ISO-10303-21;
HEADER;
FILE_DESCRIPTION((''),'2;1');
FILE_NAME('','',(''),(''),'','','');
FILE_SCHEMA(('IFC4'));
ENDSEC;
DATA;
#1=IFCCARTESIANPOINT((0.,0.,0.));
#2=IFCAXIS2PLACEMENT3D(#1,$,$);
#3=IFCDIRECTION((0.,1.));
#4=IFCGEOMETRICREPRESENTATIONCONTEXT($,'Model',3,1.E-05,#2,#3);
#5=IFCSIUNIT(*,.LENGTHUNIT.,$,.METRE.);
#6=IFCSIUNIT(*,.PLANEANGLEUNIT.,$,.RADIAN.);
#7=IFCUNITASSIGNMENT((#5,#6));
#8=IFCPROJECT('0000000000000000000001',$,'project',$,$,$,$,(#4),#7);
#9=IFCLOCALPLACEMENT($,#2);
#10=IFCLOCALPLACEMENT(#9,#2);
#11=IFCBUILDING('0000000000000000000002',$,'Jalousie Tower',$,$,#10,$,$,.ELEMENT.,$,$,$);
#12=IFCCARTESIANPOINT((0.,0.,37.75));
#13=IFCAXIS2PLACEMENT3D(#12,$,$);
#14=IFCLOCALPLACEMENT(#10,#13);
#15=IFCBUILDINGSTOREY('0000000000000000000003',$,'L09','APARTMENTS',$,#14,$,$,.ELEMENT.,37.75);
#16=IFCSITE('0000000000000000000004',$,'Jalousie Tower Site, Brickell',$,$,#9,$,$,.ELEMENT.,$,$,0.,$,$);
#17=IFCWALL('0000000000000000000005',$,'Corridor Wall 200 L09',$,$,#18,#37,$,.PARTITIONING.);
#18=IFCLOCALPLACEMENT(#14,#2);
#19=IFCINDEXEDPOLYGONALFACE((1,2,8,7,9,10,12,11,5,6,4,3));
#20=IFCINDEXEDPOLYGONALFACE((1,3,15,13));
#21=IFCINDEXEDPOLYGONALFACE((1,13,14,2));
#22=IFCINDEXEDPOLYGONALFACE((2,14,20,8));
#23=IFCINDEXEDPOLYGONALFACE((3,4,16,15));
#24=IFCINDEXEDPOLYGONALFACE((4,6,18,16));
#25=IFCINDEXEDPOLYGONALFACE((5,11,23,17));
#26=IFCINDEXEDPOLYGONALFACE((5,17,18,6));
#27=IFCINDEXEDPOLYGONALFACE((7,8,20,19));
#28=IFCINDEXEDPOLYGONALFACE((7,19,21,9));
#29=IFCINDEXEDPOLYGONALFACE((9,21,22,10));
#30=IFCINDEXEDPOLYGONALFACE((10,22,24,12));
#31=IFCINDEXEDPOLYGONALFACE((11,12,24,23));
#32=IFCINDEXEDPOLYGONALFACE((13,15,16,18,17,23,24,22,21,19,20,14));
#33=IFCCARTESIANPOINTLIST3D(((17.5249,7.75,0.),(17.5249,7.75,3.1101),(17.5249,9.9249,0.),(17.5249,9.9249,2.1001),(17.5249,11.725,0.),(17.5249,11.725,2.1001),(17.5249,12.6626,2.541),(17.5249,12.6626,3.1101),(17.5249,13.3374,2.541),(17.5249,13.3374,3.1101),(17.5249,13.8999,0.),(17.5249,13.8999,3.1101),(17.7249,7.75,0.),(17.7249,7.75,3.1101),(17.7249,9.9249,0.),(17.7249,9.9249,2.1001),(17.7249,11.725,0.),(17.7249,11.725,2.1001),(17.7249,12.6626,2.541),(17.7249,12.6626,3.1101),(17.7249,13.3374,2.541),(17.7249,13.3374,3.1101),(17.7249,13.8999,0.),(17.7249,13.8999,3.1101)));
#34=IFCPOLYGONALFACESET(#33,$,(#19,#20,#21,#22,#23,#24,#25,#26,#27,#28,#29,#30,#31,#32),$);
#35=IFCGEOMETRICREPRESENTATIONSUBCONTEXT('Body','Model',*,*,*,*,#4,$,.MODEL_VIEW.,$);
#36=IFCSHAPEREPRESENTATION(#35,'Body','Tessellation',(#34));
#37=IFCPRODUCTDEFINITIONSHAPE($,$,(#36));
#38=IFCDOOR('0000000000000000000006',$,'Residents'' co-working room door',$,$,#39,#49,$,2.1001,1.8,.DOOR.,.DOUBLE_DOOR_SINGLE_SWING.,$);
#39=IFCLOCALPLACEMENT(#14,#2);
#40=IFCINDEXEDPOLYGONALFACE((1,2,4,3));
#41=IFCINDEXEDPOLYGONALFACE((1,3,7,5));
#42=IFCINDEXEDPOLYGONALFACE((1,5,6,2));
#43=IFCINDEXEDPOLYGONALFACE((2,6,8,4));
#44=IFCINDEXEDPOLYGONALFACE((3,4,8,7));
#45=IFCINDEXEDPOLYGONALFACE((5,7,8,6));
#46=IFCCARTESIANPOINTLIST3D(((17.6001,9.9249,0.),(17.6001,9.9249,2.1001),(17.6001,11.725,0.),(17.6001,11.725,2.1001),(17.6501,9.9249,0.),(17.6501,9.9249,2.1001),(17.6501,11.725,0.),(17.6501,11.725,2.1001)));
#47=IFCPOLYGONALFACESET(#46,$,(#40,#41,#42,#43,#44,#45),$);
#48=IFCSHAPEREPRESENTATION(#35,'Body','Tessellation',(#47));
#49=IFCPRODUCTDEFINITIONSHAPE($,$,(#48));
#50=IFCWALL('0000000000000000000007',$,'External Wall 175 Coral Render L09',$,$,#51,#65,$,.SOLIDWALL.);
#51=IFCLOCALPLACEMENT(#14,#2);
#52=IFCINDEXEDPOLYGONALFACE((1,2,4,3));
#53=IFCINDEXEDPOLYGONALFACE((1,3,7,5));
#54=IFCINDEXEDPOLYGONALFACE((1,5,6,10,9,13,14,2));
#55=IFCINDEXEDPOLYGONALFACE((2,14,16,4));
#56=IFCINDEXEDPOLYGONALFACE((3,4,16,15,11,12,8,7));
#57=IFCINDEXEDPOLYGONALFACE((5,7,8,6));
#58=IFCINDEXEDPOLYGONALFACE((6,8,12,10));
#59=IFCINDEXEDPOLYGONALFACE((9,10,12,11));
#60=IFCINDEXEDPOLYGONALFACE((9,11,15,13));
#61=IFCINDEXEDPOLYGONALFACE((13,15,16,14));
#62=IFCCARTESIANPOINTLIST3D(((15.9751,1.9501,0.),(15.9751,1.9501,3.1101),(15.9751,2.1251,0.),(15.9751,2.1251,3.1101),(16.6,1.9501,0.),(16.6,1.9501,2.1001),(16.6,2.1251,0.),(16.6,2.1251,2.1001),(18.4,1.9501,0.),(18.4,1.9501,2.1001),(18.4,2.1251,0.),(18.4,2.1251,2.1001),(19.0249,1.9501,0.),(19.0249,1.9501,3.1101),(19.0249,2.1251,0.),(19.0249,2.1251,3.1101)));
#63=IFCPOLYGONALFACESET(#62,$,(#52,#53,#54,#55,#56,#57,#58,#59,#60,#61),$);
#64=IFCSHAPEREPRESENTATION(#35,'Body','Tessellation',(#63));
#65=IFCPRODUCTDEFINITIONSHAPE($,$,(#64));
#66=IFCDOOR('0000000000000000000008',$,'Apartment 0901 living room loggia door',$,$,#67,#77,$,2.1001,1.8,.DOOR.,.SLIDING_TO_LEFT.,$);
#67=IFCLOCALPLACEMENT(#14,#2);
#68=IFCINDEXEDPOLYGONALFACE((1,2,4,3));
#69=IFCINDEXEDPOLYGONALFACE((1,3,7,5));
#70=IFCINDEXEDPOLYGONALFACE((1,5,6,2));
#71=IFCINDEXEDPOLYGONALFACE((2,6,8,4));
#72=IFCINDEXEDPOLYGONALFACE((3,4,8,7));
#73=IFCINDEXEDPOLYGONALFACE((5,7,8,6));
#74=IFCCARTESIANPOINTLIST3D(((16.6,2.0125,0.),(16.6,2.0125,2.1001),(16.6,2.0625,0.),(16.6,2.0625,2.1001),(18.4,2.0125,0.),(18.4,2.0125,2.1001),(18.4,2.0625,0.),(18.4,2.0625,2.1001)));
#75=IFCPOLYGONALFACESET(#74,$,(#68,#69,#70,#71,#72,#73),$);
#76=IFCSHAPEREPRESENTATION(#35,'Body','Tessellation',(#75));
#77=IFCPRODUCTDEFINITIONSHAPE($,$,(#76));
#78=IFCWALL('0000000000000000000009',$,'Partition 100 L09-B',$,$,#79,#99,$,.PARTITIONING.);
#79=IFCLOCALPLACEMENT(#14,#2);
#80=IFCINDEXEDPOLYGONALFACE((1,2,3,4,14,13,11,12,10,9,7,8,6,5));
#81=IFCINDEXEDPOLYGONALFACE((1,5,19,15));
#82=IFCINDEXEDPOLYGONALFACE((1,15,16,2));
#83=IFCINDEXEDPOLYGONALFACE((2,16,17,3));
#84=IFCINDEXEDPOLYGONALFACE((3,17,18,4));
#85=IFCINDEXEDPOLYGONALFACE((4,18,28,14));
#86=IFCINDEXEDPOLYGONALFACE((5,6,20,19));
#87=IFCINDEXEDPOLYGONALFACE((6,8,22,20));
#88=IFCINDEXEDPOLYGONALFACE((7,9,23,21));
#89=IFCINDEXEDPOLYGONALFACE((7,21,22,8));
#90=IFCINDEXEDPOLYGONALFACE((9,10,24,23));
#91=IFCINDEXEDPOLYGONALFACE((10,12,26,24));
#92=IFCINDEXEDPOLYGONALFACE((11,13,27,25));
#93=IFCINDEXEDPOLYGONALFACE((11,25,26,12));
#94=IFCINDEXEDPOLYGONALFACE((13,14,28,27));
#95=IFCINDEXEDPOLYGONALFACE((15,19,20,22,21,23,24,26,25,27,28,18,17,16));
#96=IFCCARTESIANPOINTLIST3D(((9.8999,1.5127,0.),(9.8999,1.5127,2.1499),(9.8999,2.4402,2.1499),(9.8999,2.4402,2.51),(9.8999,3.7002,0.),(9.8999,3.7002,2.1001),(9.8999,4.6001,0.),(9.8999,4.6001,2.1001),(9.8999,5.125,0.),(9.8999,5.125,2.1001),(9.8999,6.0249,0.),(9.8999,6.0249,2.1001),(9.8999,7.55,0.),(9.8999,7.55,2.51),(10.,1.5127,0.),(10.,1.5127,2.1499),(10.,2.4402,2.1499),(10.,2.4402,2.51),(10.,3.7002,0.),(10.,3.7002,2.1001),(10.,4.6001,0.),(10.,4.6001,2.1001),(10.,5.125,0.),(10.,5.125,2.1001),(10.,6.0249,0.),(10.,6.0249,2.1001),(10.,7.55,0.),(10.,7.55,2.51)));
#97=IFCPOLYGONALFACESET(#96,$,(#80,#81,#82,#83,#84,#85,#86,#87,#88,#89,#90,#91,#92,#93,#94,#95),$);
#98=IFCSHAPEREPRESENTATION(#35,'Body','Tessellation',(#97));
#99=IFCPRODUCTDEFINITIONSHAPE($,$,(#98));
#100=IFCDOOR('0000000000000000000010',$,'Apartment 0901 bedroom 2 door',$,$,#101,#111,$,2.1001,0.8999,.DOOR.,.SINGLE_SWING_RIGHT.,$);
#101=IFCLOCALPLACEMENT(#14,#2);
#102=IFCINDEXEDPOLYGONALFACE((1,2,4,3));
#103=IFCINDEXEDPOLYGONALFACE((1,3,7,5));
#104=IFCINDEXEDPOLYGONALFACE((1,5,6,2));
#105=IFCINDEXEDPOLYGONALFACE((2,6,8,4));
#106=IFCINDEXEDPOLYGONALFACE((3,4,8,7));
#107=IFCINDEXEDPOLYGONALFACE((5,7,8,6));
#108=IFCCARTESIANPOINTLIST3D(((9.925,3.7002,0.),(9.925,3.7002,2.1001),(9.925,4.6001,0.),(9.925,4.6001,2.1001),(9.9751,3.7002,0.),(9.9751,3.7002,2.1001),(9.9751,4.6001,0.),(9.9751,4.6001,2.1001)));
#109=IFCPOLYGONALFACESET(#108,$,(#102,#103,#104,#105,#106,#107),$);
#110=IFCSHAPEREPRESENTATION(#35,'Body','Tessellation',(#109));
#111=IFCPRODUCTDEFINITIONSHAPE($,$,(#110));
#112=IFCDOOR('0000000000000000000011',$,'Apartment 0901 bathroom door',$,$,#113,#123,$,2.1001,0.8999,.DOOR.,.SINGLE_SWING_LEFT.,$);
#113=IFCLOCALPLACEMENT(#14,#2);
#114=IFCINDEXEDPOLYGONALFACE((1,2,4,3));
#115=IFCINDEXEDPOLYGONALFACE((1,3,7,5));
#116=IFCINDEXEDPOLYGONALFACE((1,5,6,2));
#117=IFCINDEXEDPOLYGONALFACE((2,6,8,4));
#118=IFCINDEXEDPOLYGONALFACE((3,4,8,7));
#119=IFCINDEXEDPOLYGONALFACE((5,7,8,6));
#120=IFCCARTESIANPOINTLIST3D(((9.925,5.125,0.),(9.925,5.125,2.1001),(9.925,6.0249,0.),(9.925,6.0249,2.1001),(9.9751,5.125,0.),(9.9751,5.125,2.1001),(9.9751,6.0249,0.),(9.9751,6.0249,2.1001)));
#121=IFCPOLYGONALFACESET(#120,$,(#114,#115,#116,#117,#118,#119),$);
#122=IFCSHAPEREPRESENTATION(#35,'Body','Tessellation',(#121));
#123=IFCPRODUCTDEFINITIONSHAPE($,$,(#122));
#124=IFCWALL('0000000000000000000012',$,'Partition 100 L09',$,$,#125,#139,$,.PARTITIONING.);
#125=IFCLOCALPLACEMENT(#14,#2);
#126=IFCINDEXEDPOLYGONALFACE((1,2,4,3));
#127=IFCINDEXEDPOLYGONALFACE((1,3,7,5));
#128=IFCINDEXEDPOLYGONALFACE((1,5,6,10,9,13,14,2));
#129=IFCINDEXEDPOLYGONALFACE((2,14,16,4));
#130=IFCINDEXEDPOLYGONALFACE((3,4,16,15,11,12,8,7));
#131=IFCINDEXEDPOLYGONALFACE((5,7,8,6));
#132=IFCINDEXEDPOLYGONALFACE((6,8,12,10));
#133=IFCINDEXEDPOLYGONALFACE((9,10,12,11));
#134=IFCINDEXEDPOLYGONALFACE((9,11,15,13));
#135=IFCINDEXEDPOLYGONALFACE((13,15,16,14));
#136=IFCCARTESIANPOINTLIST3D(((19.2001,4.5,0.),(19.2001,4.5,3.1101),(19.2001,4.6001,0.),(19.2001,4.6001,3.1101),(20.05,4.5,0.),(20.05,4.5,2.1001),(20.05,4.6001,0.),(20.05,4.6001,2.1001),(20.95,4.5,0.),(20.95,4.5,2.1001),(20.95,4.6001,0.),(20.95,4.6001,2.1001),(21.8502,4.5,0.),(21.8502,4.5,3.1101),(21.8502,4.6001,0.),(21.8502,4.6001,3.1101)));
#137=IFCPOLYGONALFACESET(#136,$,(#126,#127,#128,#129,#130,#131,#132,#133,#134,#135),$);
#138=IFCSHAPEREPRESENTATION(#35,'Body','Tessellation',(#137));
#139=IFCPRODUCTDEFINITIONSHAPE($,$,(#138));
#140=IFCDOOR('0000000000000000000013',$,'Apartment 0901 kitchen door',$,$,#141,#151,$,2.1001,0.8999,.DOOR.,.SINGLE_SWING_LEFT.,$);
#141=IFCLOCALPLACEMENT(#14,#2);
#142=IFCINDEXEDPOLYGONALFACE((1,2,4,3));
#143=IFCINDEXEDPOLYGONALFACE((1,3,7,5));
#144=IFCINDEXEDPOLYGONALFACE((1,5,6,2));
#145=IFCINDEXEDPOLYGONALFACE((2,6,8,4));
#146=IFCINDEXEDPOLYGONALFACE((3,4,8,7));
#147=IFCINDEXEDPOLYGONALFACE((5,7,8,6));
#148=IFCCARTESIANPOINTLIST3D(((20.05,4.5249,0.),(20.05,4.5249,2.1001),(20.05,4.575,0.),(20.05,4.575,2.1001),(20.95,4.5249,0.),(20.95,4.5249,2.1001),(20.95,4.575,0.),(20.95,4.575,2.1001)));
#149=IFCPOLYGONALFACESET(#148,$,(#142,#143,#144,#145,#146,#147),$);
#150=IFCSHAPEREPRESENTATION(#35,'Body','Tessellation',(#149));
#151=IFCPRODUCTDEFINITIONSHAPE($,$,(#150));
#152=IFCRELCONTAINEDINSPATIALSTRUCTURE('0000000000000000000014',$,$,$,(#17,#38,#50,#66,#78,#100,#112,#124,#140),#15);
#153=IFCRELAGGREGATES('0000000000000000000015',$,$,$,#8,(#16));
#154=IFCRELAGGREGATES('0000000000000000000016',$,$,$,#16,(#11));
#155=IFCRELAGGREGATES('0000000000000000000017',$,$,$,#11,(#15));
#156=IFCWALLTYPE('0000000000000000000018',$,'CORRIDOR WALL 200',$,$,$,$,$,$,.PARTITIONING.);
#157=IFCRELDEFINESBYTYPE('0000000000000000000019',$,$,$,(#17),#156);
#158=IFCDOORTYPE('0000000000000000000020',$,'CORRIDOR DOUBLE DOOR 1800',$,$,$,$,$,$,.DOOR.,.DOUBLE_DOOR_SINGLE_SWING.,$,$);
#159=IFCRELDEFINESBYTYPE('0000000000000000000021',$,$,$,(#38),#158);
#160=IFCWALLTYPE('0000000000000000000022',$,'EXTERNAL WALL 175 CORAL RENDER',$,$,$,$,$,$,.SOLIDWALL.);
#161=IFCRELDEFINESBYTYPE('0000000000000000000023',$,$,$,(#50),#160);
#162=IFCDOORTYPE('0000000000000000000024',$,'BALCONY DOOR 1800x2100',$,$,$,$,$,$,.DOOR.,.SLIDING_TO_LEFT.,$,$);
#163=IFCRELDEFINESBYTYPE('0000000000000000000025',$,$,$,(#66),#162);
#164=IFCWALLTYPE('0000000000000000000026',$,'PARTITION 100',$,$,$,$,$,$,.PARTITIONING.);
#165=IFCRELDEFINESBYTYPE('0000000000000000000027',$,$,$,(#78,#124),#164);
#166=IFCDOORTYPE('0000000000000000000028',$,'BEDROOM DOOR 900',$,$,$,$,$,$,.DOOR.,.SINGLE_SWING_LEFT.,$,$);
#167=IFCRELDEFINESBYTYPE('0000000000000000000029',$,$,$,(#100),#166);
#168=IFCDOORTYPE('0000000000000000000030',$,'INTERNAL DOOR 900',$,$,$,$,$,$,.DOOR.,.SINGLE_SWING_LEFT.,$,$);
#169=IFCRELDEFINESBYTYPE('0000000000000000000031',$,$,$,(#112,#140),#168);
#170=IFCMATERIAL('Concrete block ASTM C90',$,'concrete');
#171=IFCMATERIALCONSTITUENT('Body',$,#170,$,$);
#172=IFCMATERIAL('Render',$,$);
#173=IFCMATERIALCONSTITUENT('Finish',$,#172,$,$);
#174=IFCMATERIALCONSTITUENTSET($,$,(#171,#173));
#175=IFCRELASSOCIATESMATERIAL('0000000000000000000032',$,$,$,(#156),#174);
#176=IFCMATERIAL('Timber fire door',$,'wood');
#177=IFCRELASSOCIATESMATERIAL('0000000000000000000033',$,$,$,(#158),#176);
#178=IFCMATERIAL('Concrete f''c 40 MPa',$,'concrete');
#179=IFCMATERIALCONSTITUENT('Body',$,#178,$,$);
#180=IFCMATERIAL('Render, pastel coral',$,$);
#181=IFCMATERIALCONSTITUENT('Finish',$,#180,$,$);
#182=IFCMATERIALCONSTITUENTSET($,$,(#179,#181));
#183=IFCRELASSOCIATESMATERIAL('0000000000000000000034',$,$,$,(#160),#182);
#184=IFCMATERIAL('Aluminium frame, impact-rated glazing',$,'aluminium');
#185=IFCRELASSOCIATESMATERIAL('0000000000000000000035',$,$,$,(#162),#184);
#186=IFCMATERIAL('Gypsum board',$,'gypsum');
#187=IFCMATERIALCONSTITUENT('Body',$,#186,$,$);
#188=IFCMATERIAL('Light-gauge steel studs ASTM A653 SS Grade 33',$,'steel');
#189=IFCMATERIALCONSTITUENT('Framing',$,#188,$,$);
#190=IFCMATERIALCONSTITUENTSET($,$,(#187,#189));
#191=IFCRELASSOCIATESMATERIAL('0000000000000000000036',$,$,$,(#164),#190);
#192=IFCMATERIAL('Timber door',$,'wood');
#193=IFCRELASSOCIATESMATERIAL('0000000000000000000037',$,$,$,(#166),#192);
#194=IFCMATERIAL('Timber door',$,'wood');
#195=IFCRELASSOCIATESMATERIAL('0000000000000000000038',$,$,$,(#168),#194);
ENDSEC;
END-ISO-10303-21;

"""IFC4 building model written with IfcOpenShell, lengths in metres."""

from ifc_helpers import new_model, si_unit, direction, frame, frame_2d, origin, place, context, subcontext, project, spatial, polyline, rectangle, outline, extrude, material, constituent, constituent_set, type_object, element, fill, save


model = new_model("IFC4")

# Units and contexts
model_context = context("Model", 3, precision=1e-05, world=origin(), true_north=direction((0.0, 1.0)))
body_context = subcontext(model_context, "Body", "Model", "MODEL_VIEW")
ifc_project = project(units=[si_unit("LENGTHUNIT", "METRE"), si_unit("PLANEANGLEUNIT", "RADIAN")], contexts=[model_context])

# Site, building, storey
site_placement = place(None, origin())
site = spatial("IfcSite", under=ifc_project, at=site_placement, Name="Jalousie Tower Site, Brickell", CompositionType="ELEMENT", RefElevation=0.0)
building_placement = place(site_placement, origin())
building = spatial("IfcBuilding", under=site, at=building_placement, Name="Jalousie Tower", CompositionType="ELEMENT")
storey_placement = place(building_placement, frame((0.0, 0.0, 37.75)))
storey = spatial("IfcBuildingStorey", under=building, at=storey_placement, Name="L09", Description="APARTMENTS", CompositionType="ELEMENT", Elevation=37.75)

# Shared definitions
ifc_material_1 = material(Name="Concrete block ASTM C90", Category="concrete")
ifc_constituent_1 = constituent(ifc_material_1, Name="Body")
ifc_material_2 = material(Name="Render")
ifc_constituent_2 = constituent(ifc_material_2, Name="Finish")
ifc_constituent_set_1 = constituent_set(constituents=[ifc_constituent_1, ifc_constituent_2])
wall_type_1 = type_object("IfcWallType", Name="CORRIDOR WALL 200", PredefinedType="PARTITIONING", material=ifc_constituent_set_1)

# Walls, openings, doors
wall_1_placement = place(storey_placement, frame((17.625, 7.75, 0.0), z_axis=(0.0, 0.0, 1.0), x_axis=(0.0, 1.0, 0.0)))
wall_1 = element("IfcWall", 1, at=wall_1_placement, inside=storey, type_object=wall_type_1, Name="Corridor Wall 200 L09", PredefinedType="PARTITIONING", context=body_context, shape_type="SweptSolid", body=[
    extrude(outline(polyline([(0.0, 0.0), (6.1499, 0.0), (6.1499, 3.1101), (5.5874, 3.1101), (5.5874, 2.541), (4.9126, 2.541), (4.9126, 3.1101), (0.0, 3.1101), (0.0, 0.0)])), frame((0.0, 0.1001, 0.0), z_axis=(0.0, -1.0, 0.0), x_axis=(1.0, 0.0, 0.0)), (0.0, 0.0, 1.0), 0.2),
])
opening_1_placement = place(wall_1_placement, frame((2.175, 0.0, 0.0)))
opening_1 = element("IfcOpeningElement", 2, at=opening_1_placement, cuts=wall_1, PredefinedType="OPENING", context=body_context, shape_type="SweptSolid", body=[
    extrude(rectangle(XDim=1.8, YDim=2.1001, at=frame_2d((0.8999, 1.05))), frame((0.0, 0.1099, 0.0), z_axis=(0.0, -1.0, 0.0), x_axis=(1.0, 0.0, 0.0)), (0.0, 0.0, 1.0), 0.22),
])
ifc_material_3 = material(Name="Timber fire door", Category="wood")
door_type_1 = type_object("IfcDoorType", Name="CORRIDOR DOUBLE DOOR 1800", OperationType="DOUBLE_DOOR_SINGLE_SWING", PredefinedType="DOOR", material=ifc_material_3)
door_1_placement = place(opening_1_placement, origin())
door_1 = element("IfcDoor", 3, at=door_1_placement, inside=storey, type_object=door_type_1, Name="Residents' co-working room door", OperationType="DOUBLE_DOOR_SINGLE_SWING", OverallHeight=2.1001, OverallWidth=1.8, PredefinedType="DOOR", context=body_context, shape_type="SweptSolid", body=[
    extrude(rectangle(XDim=1.8, YDim=2.1001, at=frame_2d((0.8999, 1.05))), frame((0.0, 0.0249, 0.0), z_axis=(0.0, -1.0, 0.0), x_axis=(1.0, 0.0, 0.0)), (0.0, 0.0, 1.0), 0.05),
])
fill(opening_1, door_1)
ifc_material_4 = material(Name="Concrete f'c 40 MPa", Category="concrete")
ifc_constituent_3 = constituent(ifc_material_4, Name="Body")
ifc_material_5 = material(Name="Render, pastel coral")
ifc_constituent_4 = constituent(ifc_material_5, Name="Finish")
ifc_constituent_set_2 = constituent_set(constituents=[ifc_constituent_3, ifc_constituent_4])
wall_type_2 = type_object("IfcWallType", Name="EXTERNAL WALL 175 CORAL RENDER", PredefinedType="SOLIDWALL", material=ifc_constituent_set_2)
wall_2_placement = place(storey_placement, frame((15.9751, 2.0376, 0.0), z_axis=(0.0, 0.0, 1.0), x_axis=(1.0, 0.0, 0.0)))
wall_2 = element("IfcWall", 4, at=wall_2_placement, inside=storey, type_object=wall_type_2, Name="External Wall 175 Coral Render L09", PredefinedType="SOLIDWALL", context=body_context, shape_type="SweptSolid", body=[
    extrude(rectangle(XDim=3.0498, YDim=0.175, at=frame_2d((1.5249, 0.0))), origin(), (0.0, 0.0, 1.0), 3.1101),
])
opening_2_placement = place(wall_2_placement, frame((0.625, 0.0, 0.0)))
opening_2 = element("IfcOpeningElement", 5, at=opening_2_placement, cuts=wall_2, PredefinedType="OPENING", context=body_context, shape_type="SweptSolid", body=[
    extrude(rectangle(XDim=1.8, YDim=2.1001, at=frame_2d((0.8999, 1.05))), frame((0.0, 0.0974, 0.0), z_axis=(0.0, -1.0, 0.0), x_axis=(1.0, 0.0, 0.0)), (0.0, 0.0, 1.0), 0.1951),
])
ifc_material_6 = material(Name="Aluminium frame, impact-rated glazing", Category="aluminium")
door_type_2 = type_object("IfcDoorType", Name="BALCONY DOOR 1800x2100", OperationType="SLIDING_TO_LEFT", PredefinedType="DOOR", material=ifc_material_6)
door_2_placement = place(opening_2_placement, origin())
door_2 = element("IfcDoor", 6, at=door_2_placement, inside=storey, type_object=door_type_2, Name="Apartment 0901 living room loggia door", OperationType="SLIDING_TO_LEFT", OverallHeight=2.1001, OverallWidth=1.8, PredefinedType="DOOR", context=body_context, shape_type="SweptSolid", body=[
    extrude(rectangle(XDim=1.8, YDim=2.1001, at=frame_2d((0.8999, 1.05))), frame((0.0, 0.0249, 0.0), z_axis=(0.0, -1.0, 0.0), x_axis=(1.0, 0.0, 0.0)), (0.0, 0.0, 1.0), 0.05),
])
fill(opening_2, door_2)

# Wall, openings, doors
ifc_material_7 = material(Name="Gypsum board", Category="gypsum")
ifc_constituent_5 = constituent(ifc_material_7, Name="Body")
ifc_material_8 = material(Name="Light-gauge steel studs ASTM A653 SS Grade 33", Category="steel")
ifc_constituent_6 = constituent(ifc_material_8, Name="Framing")
ifc_constituent_set_3 = constituent_set(constituents=[ifc_constituent_5, ifc_constituent_6])
wall_type_3 = type_object("IfcWallType", Name="PARTITION 100", PredefinedType="PARTITIONING", material=ifc_constituent_set_3)
wall_3_placement = place(storey_placement, frame((9.95, 1.5127, 0.0), z_axis=(0.0, 0.0, 1.0), x_axis=(0.0, 1.0, 0.0)))
wall_3 = element("IfcWall", 7, at=wall_3_placement, inside=storey, type_object=wall_type_3, Name="Partition 100 L09-B", PredefinedType="PARTITIONING", context=body_context, shape_type="SweptSolid", body=[
    extrude(outline(polyline([(0.0, 0.0), (6.0374, 0.0), (6.0374, 2.51), (0.9275, 2.51), (0.9275, 2.1499), (0.0, 2.1499), (0.0, 0.0)])), frame((0.0, 0.05, 0.0), z_axis=(0.0, -1.0, 0.0), x_axis=(1.0, 0.0, 0.0)), (0.0, 0.0, 1.0), 0.1001),
])
opening_3_placement = place(wall_3_placement, frame((2.1875, 0.0, 0.0)))
opening_3 = element("IfcOpeningElement", 8, at=opening_3_placement, cuts=wall_3, PredefinedType="OPENING", context=body_context, shape_type="SweptSolid", body=[
    extrude(rectangle(XDim=0.8999, YDim=2.1001, at=frame_2d((0.45, 1.05))), frame((0.0, 0.0601, 0.0), z_axis=(0.0, -1.0, 0.0), x_axis=(1.0, 0.0, 0.0)), (0.0, 0.0, 1.0), 0.1201),
])
opening_4_placement = place(wall_3_placement, frame((3.6123, 0.0, 0.0)))
opening_4 = element("IfcOpeningElement", 9, at=opening_4_placement, cuts=wall_3, PredefinedType="OPENING", context=body_context, shape_type="SweptSolid", body=[
    extrude(rectangle(XDim=0.8999, YDim=2.1001, at=frame_2d((0.45, 1.05))), frame((0.0, 0.0601, 0.0), z_axis=(0.0, -1.0, 0.0), x_axis=(1.0, 0.0, 0.0)), (0.0, 0.0, 1.0), 0.1201),
])
ifc_material_9 = material(Name="Timber door", Category="wood")
door_type_3 = type_object("IfcDoorType", Name="BEDROOM DOOR 900", OperationType="SINGLE_SWING_LEFT", PredefinedType="DOOR", material=ifc_material_9)
door_3_placement = place(opening_3_placement, origin())
door_3 = element("IfcDoor", 10, at=door_3_placement, inside=storey, type_object=door_type_3, Name="Apartment 0901 bedroom 2 door", OperationType="SINGLE_SWING_RIGHT", OverallHeight=2.1001, OverallWidth=0.8999, PredefinedType="DOOR", context=body_context, shape_type="SweptSolid", body=[
    extrude(rectangle(XDim=0.8999, YDim=2.1001, at=frame_2d((0.45, 1.05))), frame((0.0, 0.0249, 0.0), z_axis=(0.0, -1.0, 0.0), x_axis=(1.0, 0.0, 0.0)), (0.0, 0.0, 1.0), 0.05),
])
fill(opening_3, door_3)
ifc_material_10 = material(Name="Timber door", Category="wood")
door_type_4 = type_object("IfcDoorType", Name="INTERNAL DOOR 900", OperationType="SINGLE_SWING_LEFT", PredefinedType="DOOR", material=ifc_material_10)
door_4_placement = place(opening_4_placement, origin())
door_4 = element("IfcDoor", 11, at=door_4_placement, inside=storey, type_object=door_type_4, Name="Apartment 0901 bathroom door", OperationType="SINGLE_SWING_LEFT", OverallHeight=2.1001, OverallWidth=0.8999, PredefinedType="DOOR", context=body_context, shape_type="SweptSolid", body=[
    extrude(rectangle(XDim=0.8999, YDim=2.1001, at=frame_2d((0.45, 1.05))), frame((0.0, 0.0249, 0.0), z_axis=(0.0, -1.0, 0.0), x_axis=(1.0, 0.0, 0.0)), (0.0, 0.0, 1.0), 0.05),
])
fill(opening_4, door_4)

# Wall, opening, door
wall_4_placement = place(storey_placement, frame((19.2, 4.55, 0.0), z_axis=(0.0, 0.0, 1.0), x_axis=(1.0, 0.0, 0.0)))
wall_4 = element("IfcWall", 12, at=wall_4_placement, inside=storey, type_object=wall_type_3, Name="Partition 100 L09", PredefinedType="PARTITIONING", context=body_context, shape_type="SweptSolid", body=[
    extrude(rectangle(XDim=2.6501, YDim=0.1001, at=frame_2d((1.3252, 0.0))), origin(), (0.0, 0.0, 1.0), 3.1101),
])
opening_5_placement = place(wall_4_placement, frame((0.8501, 0.0, 0.0)))
opening_5 = element("IfcOpeningElement", 13, at=opening_5_placement, cuts=wall_4, PredefinedType="OPENING", context=body_context, shape_type="SweptSolid", body=[
    extrude(rectangle(XDim=0.8999, YDim=2.1001, at=frame_2d((0.45, 1.05))), frame((0.0, 0.0601, 0.0), z_axis=(0.0, -1.0, 0.0), x_axis=(1.0, 0.0, 0.0)), (0.0, 0.0, 1.0), 0.1201),
])
door_5_placement = place(opening_5_placement, origin())
door_5 = element("IfcDoor", 14, at=door_5_placement, inside=storey, type_object=door_type_4, Name="Apartment 0901 kitchen door", OperationType="SINGLE_SWING_LEFT", OverallHeight=2.1001, OverallWidth=0.8999, PredefinedType="DOOR", context=body_context, shape_type="SweptSolid", body=[
    extrude(rectangle(XDim=0.8999, YDim=2.1001, at=frame_2d((0.45, 1.05))), frame((0.0, 0.0249, 0.0), z_axis=(0.0, -1.0, 0.0), x_axis=(1.0, 0.0, 0.0)), (0.0, 0.0, 1.0), 0.05),
])
fill(opening_5, door_5)

save(model, "model.ifc")
